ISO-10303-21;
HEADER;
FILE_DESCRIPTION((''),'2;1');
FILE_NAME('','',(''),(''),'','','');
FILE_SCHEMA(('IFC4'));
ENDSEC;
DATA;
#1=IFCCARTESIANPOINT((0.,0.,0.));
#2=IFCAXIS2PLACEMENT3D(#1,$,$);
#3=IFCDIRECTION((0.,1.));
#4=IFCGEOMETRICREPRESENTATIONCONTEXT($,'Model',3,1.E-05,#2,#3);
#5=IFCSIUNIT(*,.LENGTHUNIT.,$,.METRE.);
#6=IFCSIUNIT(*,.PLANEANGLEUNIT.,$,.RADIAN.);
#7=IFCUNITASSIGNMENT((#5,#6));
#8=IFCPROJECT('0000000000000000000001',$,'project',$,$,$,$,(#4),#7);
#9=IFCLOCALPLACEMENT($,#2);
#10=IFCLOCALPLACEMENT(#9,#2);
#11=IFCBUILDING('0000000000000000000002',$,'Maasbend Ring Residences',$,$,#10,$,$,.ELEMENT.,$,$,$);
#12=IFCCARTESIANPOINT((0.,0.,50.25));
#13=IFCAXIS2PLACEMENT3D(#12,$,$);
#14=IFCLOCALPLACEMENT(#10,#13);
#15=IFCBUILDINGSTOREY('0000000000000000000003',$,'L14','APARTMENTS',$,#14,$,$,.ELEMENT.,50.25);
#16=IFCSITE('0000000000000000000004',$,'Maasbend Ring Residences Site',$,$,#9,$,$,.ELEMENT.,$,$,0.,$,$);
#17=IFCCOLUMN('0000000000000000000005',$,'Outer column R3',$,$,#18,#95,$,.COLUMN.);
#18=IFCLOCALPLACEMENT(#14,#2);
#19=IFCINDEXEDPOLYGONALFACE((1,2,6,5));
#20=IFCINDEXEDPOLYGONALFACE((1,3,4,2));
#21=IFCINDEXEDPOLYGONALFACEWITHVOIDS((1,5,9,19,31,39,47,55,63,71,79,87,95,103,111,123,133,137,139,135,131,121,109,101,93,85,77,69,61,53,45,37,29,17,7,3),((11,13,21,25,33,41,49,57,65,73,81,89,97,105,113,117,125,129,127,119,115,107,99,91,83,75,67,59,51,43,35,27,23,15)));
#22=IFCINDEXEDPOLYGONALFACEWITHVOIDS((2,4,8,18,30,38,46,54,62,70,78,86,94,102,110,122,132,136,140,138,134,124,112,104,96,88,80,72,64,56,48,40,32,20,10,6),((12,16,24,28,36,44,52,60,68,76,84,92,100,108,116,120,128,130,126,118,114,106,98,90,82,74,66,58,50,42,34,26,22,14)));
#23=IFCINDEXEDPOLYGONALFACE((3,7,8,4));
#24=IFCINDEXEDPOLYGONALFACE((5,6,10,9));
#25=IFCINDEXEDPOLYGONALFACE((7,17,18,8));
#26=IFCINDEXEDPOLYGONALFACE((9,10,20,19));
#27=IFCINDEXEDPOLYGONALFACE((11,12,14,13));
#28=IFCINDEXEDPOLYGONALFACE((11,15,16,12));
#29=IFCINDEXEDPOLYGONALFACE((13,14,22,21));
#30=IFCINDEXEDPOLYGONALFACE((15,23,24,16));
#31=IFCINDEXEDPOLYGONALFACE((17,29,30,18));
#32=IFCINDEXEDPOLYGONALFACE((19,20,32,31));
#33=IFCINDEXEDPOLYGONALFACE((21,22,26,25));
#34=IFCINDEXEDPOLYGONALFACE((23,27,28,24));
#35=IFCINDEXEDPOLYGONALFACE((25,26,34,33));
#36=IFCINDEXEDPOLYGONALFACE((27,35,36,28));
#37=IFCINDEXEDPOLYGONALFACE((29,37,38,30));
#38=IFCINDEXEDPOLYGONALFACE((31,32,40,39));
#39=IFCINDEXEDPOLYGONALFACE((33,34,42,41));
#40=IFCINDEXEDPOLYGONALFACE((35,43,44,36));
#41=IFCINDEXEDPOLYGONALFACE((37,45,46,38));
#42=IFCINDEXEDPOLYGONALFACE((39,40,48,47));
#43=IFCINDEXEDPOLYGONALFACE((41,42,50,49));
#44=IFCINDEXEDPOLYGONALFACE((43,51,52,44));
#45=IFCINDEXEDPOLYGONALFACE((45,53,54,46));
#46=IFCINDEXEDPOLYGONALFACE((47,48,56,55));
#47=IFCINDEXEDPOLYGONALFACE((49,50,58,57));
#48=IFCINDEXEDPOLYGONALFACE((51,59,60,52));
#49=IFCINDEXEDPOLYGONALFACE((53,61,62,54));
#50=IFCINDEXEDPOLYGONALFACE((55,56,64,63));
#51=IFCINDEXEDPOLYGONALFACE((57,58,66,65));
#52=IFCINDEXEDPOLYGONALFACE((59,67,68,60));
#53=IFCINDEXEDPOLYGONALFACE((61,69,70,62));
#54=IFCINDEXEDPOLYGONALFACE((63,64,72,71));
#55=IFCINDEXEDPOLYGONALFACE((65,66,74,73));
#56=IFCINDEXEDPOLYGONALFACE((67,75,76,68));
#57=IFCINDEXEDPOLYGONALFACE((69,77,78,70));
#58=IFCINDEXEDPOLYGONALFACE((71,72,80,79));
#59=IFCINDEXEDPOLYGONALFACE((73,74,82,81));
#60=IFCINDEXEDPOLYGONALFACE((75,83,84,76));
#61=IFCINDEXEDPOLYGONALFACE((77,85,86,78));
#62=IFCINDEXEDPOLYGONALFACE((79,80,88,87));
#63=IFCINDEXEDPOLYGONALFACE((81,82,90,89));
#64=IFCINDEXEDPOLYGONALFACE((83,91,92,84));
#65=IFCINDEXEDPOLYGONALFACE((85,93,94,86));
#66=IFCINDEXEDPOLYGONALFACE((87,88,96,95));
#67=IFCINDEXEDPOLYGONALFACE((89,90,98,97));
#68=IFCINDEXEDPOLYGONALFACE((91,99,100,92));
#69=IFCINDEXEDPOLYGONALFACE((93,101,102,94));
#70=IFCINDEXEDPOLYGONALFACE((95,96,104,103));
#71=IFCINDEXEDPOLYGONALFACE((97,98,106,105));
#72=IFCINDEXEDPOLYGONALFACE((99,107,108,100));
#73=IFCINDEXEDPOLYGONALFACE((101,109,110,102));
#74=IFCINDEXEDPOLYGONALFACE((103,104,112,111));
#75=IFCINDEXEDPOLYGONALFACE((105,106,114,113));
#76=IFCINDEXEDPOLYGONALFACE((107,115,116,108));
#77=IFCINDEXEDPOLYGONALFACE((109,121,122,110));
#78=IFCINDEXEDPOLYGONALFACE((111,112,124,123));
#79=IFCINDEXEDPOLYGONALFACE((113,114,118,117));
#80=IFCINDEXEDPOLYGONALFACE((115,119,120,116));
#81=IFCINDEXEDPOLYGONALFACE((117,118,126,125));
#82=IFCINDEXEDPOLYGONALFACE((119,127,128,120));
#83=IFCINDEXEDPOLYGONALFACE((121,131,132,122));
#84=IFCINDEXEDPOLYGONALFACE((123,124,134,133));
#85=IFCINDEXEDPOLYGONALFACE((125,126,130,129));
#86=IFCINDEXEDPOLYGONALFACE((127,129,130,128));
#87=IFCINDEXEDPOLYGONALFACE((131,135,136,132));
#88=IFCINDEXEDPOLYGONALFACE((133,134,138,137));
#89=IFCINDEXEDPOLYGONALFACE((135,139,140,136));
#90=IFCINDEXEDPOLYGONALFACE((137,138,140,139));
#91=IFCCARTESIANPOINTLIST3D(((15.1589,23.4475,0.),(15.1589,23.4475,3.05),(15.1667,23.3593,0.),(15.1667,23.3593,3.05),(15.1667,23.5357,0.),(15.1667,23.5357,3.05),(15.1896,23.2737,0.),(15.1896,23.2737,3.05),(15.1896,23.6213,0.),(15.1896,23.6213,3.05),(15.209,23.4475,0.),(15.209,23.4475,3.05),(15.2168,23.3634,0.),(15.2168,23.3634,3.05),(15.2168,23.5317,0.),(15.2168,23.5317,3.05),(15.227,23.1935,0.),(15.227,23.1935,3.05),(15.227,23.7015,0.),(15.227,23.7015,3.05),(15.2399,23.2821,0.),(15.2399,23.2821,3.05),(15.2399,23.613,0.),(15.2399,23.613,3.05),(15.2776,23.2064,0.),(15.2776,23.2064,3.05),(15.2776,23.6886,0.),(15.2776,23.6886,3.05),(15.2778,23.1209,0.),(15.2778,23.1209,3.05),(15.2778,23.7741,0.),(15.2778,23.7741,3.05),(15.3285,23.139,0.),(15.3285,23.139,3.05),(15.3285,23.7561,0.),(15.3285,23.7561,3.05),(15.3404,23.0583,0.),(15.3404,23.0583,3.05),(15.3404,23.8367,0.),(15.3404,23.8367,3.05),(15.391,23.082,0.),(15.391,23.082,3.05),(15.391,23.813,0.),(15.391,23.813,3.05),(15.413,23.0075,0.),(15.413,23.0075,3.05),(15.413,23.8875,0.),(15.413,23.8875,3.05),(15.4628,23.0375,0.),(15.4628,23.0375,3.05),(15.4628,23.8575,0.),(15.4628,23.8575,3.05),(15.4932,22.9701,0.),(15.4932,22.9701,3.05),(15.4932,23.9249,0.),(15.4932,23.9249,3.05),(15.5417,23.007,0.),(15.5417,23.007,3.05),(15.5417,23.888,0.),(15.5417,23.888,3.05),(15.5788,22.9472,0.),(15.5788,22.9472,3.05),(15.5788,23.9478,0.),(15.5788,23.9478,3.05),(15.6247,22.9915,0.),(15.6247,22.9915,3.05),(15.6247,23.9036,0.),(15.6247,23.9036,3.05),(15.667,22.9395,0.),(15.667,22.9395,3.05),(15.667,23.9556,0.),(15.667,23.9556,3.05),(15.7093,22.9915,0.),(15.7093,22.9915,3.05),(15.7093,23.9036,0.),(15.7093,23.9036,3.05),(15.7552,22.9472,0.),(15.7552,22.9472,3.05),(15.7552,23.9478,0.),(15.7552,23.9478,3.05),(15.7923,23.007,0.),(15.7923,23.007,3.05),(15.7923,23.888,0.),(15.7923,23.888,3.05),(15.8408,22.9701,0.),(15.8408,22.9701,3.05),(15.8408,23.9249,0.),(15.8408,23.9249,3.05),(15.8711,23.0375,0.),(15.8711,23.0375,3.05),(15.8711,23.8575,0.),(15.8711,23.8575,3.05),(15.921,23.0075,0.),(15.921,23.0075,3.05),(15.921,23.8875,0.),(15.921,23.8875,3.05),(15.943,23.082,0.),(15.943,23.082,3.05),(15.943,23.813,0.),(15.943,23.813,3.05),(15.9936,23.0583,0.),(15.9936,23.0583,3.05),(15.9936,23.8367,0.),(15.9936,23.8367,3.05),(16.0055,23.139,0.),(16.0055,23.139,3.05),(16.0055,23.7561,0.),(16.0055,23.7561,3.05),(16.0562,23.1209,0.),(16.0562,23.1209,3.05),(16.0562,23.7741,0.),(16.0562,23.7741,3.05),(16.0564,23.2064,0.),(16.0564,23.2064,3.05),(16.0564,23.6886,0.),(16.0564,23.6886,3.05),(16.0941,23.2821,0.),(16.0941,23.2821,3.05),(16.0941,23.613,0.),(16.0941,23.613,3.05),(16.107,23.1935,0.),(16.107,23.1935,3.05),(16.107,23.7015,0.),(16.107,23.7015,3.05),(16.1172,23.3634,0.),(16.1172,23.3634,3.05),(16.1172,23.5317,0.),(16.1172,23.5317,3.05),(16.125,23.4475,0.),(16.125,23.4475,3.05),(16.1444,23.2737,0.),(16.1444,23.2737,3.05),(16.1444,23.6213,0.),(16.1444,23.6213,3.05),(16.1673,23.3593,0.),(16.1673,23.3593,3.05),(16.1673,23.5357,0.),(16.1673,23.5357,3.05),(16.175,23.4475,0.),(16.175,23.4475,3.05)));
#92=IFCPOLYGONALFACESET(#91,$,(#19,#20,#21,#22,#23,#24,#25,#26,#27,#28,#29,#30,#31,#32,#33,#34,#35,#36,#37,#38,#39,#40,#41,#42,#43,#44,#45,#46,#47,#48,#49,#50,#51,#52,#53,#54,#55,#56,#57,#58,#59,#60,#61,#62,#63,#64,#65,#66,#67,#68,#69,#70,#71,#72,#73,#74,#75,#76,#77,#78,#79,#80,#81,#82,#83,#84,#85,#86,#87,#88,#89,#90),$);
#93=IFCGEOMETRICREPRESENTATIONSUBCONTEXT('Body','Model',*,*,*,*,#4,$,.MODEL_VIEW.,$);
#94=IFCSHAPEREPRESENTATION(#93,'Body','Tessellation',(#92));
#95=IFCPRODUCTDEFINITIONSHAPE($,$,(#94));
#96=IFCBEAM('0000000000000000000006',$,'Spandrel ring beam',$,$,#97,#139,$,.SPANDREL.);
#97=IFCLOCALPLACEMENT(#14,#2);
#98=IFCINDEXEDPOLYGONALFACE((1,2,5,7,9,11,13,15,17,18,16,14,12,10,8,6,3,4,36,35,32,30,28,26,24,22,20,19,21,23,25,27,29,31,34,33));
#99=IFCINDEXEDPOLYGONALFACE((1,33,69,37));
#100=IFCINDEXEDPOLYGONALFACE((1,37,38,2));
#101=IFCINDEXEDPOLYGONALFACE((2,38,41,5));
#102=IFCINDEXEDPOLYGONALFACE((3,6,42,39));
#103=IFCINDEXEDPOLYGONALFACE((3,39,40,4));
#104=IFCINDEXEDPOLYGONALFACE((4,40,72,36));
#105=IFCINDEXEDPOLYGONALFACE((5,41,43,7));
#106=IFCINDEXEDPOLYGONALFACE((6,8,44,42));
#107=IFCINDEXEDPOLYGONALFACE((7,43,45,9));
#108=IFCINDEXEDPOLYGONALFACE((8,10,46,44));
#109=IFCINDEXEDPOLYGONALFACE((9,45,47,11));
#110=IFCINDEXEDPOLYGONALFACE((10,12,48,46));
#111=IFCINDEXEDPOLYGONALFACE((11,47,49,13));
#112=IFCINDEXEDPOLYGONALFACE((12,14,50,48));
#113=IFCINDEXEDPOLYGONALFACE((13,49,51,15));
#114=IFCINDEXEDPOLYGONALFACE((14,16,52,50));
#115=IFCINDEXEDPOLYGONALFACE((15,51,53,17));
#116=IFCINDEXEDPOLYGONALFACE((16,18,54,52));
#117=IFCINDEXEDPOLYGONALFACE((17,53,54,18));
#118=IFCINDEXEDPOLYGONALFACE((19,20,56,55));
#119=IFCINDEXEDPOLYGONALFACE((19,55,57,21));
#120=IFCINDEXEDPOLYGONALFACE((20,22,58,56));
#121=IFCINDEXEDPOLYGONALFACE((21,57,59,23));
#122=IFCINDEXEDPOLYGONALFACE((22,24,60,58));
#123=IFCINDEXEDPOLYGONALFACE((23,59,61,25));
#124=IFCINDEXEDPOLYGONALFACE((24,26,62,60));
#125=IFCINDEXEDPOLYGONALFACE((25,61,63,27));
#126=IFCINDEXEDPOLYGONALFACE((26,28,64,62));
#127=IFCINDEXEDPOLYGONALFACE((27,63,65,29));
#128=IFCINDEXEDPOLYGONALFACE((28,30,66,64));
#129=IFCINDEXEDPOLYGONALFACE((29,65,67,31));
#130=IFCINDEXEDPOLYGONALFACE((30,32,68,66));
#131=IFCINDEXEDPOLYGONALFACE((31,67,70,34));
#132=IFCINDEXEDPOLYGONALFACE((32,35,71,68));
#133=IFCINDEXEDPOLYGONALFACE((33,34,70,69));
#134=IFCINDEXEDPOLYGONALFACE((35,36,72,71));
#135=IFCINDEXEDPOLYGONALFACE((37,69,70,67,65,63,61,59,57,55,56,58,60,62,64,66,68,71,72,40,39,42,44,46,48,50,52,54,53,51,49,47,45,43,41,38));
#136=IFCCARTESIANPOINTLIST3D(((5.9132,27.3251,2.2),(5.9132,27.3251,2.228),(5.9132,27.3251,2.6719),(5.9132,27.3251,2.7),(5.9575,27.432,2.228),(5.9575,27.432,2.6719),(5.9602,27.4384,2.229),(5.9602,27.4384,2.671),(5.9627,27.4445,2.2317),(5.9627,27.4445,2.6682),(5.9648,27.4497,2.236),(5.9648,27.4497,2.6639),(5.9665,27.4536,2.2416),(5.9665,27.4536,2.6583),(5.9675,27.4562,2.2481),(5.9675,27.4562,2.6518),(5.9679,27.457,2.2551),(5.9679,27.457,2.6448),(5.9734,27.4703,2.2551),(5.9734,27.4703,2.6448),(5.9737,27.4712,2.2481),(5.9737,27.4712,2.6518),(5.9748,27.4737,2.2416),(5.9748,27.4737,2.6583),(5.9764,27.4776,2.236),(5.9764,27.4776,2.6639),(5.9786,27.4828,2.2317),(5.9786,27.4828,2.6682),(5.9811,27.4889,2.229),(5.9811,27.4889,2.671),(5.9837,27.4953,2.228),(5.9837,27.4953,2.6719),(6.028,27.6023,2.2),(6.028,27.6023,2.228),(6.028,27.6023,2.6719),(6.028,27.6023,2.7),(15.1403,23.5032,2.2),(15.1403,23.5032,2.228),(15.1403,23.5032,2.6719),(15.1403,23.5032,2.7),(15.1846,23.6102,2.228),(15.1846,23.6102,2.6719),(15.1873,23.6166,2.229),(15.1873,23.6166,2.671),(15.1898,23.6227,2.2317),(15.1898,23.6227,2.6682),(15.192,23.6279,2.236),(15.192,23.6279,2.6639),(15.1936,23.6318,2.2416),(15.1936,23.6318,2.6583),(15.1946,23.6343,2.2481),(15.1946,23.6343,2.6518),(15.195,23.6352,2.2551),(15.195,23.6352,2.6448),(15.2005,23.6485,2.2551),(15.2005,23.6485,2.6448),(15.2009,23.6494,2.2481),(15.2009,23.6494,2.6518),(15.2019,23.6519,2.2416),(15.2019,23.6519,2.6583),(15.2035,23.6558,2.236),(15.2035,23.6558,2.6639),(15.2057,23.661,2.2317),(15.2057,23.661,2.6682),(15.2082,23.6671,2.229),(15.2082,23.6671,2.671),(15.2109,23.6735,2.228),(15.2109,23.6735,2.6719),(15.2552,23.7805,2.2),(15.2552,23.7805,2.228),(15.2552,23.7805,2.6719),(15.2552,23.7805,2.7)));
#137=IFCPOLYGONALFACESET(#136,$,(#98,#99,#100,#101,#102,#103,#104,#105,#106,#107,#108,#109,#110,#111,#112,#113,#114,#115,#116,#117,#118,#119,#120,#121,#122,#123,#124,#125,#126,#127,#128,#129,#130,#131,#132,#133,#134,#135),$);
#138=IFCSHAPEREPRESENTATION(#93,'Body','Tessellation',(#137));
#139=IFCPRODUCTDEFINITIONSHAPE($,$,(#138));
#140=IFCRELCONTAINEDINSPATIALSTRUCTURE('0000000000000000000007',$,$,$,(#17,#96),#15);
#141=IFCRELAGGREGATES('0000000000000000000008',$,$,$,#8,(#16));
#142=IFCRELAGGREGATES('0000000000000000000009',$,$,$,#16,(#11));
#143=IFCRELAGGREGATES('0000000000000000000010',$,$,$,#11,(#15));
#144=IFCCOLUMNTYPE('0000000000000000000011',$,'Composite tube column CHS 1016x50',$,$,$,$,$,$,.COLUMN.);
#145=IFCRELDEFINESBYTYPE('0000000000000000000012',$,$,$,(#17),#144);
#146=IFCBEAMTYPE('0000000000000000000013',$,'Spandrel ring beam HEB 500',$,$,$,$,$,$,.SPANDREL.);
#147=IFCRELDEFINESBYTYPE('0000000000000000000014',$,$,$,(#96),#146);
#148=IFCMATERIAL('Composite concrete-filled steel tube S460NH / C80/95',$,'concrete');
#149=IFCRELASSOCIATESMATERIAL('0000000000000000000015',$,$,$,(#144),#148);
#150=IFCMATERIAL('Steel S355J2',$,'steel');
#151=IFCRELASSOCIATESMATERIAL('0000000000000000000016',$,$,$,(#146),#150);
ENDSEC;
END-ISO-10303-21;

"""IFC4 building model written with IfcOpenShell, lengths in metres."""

from ifc_helpers import new_model, si_unit, direction, frame, origin, origin_2d, place, context, subcontext, project, spatial, hollow_circle, i_section, extrude, material, material_profile, profile_set, type_object, element, save


model = new_model("IFC4")

# Units and contexts
model_context = context("Model", 3, precision=1e-05, world=origin(), true_north=direction((0.0, 1.0)))
body_context = subcontext(model_context, "Body", "Model", "MODEL_VIEW")
ifc_project = project(units=[si_unit("LENGTHUNIT", "METRE"), si_unit("PLANEANGLEUNIT", "RADIAN")], contexts=[model_context])

# Site, building, storey
site_placement = place(None, origin())
site = spatial("IfcSite", under=ifc_project, at=site_placement, Name="Maasbend Ring Residences Site", CompositionType="ELEMENT", RefElevation=0.0)
building_placement = place(site_placement, origin())
building = spatial("IfcBuilding", under=site, at=building_placement, Name="Maasbend Ring Residences", CompositionType="ELEMENT")
storey_placement = place(building_placement, frame((0.0, 0.0, 50.25)))
storey = spatial("IfcBuildingStorey", under=building, at=storey_placement, Name="L14", Description="APARTMENTS", CompositionType="ELEMENT", Elevation=50.25)

# Column
ifc_material_1 = material(Name="Composite concrete-filled steel tube S460NH / C80/95", Category="concrete")
ifc_material_profile_1 = material_profile(ifc_material_1, hollow_circle(Radius=0.5081, WallThickness=0.05, at=origin_2d()), Name="Composite tube column CHS 1016x50")
ifc_profile_set_1 = profile_set([ifc_material_profile_1], Name="Composite concrete-filled steel tube S460NH / C80/95")
column_type = type_object("IfcColumnType", Name="Composite tube column CHS 1016x50", PredefinedType="COLUMN", material=ifc_profile_set_1)
column_placement = place(storey_placement, frame((15.667, 23.4475, 0.0), z_axis=(0.0, 0.0, 1.0), x_axis=(1.0, 0.0, 0.0)))
element("IfcColumn", 1, at=column_placement, inside=storey, type_object=column_type, Name="Outer column R3", PredefinedType="COLUMN", context=body_context, shape_type="SweptSolid", body=[
    extrude(hollow_circle(Radius=0.5081, WallThickness=0.05, at=origin_2d()), origin(), (0.0, 0.0, 1.0), 3.05),
])

# Beam
ifc_material_2 = material(Name="Steel S355J2", Category="steel")
ifc_material_profile_2 = material_profile(ifc_material_2, i_section(OverallWidth=0.3, OverallDepth=0.5, WebThickness=0.0144, FlangeThickness=0.0281, FilletRadius=0.0271, at=origin_2d()), Name="HEB 500")
ifc_profile_set_2 = profile_set([ifc_material_profile_2], Name="Steel S355J2")
beam_type = type_object("IfcBeamType", Name="Spandrel ring beam HEB 500", PredefinedType="SPANDREL", material=ifc_profile_set_2)
beam_placement = place(storey_placement, frame((15.1978, 23.6418, 2.45), z_axis=(-0.923886, 0.382667, 0.0), x_axis=(-0.382667, -0.923886, 0.0)))
element("IfcBeam", 2, at=beam_placement, inside=storey, type_object=beam_type, Name="Spandrel ring beam", PredefinedType="SPANDREL", context=body_context, shape_type="SweptSolid", body=[
    extrude(i_section(OverallWidth=0.3, OverallDepth=0.5, WebThickness=0.0144, FlangeThickness=0.0281, FilletRadius=0.0271, at=origin_2d()), origin(), (0.0, 0.0, 1.0), 9.9873),
])

save(model, "model.ifc")
